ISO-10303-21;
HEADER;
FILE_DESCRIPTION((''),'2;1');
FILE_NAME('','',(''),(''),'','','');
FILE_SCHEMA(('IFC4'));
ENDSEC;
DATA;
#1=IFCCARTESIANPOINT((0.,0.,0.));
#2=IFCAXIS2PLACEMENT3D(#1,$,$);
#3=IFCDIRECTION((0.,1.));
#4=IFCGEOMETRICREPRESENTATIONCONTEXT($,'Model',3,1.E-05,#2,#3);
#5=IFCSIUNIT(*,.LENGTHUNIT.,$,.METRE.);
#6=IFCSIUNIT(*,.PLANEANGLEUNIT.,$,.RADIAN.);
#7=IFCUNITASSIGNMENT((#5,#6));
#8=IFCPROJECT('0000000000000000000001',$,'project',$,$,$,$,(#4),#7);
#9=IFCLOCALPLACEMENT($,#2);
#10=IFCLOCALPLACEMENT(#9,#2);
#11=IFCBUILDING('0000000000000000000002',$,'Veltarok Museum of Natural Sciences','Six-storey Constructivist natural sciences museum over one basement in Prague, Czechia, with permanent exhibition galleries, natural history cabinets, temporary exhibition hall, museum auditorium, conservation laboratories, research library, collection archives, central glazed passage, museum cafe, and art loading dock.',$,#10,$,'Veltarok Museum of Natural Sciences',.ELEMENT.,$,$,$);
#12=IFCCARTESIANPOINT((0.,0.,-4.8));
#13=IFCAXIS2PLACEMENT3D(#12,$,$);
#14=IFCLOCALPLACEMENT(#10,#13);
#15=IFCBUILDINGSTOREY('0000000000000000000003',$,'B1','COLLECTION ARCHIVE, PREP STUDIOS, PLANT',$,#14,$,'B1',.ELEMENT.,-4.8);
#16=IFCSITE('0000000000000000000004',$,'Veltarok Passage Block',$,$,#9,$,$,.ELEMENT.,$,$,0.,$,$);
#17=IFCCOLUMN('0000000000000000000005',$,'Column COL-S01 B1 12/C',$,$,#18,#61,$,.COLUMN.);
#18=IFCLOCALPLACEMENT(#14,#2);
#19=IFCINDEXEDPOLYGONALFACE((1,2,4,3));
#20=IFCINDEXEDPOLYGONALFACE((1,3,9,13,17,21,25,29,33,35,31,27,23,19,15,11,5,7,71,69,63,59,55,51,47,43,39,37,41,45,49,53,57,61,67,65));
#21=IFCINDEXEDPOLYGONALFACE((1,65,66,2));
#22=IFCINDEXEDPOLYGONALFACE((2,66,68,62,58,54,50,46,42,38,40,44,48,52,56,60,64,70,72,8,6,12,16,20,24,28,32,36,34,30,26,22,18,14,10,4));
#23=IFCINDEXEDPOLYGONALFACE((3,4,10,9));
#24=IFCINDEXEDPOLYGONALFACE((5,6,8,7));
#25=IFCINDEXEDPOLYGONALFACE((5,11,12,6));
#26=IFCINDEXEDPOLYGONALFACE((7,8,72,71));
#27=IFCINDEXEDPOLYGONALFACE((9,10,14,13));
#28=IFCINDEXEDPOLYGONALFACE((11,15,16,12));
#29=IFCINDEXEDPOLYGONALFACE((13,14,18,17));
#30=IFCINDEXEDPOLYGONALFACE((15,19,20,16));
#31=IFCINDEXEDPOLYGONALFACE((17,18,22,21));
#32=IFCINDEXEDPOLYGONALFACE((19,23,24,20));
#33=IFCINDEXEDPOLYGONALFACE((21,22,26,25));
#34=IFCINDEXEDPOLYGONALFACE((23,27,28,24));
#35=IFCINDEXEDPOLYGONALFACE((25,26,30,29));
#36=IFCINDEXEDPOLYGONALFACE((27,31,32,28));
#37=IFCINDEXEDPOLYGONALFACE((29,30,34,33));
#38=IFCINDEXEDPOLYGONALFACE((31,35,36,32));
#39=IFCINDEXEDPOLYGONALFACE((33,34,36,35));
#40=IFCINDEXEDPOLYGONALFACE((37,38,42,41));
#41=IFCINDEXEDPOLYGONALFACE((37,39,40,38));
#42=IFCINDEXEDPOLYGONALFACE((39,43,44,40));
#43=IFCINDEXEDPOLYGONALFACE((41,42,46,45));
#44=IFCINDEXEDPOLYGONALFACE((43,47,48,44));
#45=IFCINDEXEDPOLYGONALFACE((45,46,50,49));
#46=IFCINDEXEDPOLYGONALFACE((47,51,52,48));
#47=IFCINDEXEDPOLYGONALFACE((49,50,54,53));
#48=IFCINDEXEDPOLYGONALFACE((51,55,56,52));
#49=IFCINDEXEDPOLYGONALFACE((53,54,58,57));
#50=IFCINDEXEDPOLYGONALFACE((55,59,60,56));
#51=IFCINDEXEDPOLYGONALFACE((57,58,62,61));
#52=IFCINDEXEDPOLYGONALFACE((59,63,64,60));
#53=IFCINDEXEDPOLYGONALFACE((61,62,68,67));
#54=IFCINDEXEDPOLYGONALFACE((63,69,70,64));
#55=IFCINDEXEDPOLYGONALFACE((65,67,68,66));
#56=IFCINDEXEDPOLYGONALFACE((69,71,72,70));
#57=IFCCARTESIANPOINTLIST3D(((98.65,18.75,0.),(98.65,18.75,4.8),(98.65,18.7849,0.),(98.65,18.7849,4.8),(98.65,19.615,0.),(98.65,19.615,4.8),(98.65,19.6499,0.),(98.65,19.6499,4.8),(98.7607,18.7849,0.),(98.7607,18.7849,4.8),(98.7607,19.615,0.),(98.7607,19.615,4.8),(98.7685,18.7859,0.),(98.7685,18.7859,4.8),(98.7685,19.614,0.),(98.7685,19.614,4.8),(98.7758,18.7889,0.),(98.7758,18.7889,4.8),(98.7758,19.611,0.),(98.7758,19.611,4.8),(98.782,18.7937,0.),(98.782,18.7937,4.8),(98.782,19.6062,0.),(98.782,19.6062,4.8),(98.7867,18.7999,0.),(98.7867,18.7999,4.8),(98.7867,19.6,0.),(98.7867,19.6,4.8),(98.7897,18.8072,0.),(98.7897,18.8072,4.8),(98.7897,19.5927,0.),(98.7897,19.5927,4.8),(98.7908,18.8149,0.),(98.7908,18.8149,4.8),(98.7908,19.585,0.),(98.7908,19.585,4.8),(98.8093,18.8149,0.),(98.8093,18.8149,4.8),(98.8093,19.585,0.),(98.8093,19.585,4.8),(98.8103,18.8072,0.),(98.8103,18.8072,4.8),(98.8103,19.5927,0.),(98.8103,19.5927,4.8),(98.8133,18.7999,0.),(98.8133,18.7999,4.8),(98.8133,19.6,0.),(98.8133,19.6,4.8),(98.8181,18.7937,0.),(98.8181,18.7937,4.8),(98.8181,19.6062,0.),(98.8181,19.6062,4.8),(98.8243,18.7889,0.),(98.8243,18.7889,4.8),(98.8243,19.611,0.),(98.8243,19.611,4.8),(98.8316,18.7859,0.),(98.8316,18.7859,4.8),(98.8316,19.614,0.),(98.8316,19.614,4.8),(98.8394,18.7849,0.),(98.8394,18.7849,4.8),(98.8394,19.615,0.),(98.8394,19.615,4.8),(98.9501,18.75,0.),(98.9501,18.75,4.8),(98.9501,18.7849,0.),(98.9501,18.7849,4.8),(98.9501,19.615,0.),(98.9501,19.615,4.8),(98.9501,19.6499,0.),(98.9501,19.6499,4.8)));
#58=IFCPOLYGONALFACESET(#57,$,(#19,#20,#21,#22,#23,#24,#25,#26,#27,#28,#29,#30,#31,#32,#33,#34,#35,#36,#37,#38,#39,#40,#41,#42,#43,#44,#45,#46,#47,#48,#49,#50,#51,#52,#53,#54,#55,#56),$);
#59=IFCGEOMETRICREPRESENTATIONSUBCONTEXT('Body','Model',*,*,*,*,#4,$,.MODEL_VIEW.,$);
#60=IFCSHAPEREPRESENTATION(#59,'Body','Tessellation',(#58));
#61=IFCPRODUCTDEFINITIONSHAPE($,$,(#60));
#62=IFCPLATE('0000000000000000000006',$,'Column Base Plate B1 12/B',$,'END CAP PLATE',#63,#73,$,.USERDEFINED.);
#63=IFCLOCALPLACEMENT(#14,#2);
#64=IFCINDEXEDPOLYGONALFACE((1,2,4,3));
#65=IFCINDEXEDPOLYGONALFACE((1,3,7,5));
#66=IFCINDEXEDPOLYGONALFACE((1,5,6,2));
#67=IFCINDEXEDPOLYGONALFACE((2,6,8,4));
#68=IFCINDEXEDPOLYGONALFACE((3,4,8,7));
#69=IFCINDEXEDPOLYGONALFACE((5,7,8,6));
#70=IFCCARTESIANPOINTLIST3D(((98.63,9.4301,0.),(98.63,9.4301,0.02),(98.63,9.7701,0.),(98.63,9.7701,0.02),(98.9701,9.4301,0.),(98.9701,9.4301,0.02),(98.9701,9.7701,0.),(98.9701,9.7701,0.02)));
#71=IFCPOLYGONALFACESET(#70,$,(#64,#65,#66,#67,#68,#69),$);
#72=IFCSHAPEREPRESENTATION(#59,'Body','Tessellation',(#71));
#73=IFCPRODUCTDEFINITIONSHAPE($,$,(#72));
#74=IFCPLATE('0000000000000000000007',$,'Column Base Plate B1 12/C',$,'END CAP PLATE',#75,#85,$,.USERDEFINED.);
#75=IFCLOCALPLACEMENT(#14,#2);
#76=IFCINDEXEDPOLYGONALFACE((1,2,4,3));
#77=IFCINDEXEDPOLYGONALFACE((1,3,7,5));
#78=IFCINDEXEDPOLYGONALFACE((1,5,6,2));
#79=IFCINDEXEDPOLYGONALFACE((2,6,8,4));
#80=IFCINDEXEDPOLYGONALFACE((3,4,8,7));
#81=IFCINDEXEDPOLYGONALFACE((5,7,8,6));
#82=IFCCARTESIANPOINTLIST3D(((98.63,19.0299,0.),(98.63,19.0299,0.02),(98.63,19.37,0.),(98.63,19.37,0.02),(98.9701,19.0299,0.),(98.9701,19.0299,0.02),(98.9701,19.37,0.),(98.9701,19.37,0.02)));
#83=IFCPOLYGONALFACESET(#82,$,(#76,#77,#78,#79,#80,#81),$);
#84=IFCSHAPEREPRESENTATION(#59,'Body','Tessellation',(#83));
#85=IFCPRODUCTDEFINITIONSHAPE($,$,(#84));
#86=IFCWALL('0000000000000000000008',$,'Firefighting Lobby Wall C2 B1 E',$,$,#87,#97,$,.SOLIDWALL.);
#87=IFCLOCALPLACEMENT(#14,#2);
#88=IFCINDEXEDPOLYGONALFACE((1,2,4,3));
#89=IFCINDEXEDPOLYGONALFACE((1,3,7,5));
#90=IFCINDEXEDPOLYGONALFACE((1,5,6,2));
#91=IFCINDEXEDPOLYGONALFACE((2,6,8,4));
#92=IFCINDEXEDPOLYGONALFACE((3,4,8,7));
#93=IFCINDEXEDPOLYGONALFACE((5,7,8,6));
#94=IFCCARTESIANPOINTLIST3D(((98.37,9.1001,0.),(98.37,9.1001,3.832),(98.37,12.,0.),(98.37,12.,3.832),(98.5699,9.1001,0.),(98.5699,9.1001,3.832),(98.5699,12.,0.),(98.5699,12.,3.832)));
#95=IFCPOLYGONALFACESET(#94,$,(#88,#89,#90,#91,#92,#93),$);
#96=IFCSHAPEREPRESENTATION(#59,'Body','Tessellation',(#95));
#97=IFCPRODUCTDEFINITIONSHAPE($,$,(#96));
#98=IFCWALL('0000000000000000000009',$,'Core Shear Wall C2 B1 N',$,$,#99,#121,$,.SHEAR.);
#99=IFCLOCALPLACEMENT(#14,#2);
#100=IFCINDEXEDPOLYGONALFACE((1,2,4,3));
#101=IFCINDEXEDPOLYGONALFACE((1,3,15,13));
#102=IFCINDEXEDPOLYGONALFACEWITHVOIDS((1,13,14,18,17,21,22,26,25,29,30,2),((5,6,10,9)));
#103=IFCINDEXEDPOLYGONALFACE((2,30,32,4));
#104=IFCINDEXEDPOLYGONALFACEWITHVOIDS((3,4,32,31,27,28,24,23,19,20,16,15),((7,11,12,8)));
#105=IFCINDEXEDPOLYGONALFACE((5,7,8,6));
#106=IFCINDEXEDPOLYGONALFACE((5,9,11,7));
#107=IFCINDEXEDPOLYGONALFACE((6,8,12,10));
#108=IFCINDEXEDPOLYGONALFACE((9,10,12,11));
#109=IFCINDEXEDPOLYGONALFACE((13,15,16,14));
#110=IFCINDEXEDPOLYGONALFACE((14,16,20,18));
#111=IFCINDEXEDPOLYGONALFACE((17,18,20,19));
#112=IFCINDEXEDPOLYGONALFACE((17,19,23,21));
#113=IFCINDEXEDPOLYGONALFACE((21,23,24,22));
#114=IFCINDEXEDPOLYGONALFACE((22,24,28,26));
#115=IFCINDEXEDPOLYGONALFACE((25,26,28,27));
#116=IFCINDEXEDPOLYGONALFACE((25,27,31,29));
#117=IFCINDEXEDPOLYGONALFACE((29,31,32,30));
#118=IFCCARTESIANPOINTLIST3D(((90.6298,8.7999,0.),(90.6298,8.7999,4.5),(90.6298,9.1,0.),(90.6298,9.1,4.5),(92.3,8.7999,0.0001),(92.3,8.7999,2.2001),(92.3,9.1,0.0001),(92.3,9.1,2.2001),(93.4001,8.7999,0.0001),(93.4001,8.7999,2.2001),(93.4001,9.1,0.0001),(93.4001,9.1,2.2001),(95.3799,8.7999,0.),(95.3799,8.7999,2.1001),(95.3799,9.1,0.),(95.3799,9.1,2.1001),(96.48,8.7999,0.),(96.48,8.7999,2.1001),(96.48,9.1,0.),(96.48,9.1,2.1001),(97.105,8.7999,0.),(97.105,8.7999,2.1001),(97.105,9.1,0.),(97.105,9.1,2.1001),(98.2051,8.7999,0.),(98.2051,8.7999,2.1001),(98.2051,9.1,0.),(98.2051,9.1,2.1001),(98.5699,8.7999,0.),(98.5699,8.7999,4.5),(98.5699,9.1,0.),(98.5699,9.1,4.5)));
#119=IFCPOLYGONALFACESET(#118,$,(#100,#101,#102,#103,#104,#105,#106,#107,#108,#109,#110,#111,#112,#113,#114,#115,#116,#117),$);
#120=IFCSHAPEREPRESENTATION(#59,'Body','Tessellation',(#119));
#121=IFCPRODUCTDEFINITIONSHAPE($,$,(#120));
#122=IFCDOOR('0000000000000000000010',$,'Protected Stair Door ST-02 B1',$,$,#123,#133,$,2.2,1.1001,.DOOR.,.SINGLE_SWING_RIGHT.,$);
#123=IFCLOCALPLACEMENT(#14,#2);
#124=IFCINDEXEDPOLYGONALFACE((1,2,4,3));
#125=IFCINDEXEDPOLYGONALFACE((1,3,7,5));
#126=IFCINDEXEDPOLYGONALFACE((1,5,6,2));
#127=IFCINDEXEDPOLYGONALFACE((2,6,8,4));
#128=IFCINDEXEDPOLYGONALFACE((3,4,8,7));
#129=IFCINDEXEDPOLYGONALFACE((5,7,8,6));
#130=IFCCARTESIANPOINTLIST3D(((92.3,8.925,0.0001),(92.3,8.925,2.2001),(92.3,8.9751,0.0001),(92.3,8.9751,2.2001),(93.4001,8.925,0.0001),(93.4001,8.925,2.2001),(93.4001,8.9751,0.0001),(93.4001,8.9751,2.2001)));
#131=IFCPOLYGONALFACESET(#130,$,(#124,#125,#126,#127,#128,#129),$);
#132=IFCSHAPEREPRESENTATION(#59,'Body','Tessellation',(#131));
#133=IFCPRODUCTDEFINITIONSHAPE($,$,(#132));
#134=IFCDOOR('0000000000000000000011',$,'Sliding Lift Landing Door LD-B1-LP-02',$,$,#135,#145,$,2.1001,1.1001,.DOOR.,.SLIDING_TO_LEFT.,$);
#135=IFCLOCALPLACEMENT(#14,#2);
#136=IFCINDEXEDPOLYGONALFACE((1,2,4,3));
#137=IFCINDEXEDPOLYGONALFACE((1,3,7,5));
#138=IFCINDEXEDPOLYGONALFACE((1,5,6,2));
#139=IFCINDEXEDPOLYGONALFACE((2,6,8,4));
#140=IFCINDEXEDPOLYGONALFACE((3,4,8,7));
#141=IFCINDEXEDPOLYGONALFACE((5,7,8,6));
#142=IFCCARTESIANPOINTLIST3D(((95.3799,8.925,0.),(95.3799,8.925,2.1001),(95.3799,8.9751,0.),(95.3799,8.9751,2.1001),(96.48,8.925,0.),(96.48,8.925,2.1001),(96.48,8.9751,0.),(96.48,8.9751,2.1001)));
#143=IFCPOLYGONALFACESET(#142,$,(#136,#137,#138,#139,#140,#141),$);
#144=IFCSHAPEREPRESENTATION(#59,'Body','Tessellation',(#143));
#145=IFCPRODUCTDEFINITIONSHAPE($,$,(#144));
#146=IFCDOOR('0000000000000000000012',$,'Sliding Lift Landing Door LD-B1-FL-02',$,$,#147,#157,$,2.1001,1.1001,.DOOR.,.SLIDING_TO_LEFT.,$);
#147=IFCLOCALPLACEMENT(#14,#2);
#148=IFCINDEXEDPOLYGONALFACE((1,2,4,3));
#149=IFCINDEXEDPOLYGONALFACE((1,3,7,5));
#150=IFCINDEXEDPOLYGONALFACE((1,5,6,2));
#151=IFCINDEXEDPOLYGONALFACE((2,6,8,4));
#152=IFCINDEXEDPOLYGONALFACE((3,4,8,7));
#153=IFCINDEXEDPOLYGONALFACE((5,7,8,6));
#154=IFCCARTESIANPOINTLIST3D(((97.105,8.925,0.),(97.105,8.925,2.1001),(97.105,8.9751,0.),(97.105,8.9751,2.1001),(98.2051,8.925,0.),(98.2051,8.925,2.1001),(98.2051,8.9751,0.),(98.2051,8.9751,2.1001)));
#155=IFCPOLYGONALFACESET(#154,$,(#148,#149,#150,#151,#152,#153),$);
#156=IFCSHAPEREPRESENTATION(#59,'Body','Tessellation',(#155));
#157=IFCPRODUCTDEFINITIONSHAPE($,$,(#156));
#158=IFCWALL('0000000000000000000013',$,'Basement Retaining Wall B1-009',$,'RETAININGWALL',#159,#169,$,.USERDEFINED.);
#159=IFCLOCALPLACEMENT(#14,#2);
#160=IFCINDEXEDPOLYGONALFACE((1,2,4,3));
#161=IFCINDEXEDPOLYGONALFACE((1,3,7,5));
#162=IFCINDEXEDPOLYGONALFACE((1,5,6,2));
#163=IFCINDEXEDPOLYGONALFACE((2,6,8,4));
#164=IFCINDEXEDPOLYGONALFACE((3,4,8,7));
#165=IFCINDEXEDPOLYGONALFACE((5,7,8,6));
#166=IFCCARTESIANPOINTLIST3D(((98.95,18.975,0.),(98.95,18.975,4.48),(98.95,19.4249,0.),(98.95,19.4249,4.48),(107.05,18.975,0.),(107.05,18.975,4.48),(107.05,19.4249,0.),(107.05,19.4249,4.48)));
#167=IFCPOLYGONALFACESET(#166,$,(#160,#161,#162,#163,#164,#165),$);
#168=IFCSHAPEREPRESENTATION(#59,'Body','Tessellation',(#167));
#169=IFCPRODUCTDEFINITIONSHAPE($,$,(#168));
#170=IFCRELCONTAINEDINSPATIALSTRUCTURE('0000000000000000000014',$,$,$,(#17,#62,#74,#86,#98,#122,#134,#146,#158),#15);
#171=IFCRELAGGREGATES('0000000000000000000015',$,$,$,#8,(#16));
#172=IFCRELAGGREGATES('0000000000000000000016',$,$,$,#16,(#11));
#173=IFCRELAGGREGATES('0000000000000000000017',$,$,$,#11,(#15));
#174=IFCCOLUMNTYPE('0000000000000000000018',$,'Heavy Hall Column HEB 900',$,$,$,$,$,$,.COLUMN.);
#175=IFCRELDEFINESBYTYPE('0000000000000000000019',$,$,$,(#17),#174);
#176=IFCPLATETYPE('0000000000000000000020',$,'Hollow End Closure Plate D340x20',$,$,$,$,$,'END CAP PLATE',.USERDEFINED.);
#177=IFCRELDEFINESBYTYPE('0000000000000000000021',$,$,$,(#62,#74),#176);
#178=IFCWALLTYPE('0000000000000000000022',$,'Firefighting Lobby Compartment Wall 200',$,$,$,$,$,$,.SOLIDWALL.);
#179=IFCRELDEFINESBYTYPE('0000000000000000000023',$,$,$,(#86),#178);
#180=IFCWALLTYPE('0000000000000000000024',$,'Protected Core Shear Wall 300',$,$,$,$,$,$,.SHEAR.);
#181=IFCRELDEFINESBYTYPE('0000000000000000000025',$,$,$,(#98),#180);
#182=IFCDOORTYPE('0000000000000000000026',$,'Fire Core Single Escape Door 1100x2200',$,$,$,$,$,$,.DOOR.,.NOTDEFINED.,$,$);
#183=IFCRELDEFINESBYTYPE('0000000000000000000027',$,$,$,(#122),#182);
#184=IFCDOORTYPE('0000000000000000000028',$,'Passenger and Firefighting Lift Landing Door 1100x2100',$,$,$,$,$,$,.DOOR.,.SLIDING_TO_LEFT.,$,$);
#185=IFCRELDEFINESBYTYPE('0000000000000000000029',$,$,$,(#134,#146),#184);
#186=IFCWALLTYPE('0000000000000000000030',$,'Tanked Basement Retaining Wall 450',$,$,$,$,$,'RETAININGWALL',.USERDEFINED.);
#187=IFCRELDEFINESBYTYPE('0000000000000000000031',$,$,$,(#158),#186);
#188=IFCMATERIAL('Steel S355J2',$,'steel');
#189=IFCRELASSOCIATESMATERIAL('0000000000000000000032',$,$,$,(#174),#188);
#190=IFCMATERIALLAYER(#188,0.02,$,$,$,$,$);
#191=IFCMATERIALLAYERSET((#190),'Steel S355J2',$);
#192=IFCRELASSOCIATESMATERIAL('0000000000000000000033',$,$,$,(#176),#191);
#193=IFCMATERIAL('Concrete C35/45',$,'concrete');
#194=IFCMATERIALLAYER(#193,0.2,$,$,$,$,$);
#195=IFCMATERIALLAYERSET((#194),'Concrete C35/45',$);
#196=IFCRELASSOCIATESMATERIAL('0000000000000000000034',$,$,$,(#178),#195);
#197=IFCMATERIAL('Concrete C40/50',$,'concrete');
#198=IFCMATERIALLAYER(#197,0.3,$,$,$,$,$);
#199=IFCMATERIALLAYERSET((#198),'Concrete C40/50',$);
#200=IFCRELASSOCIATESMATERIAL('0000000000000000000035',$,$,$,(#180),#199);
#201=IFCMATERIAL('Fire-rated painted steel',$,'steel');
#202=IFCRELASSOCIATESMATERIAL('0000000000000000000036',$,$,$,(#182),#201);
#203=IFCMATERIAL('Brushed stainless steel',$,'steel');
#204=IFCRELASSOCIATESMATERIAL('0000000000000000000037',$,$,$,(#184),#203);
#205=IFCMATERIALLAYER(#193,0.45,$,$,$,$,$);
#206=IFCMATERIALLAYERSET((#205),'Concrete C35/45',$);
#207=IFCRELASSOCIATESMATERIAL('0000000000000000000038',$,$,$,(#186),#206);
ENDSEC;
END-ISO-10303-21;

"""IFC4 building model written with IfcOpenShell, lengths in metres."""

from ifc_helpers import new_model, si_unit, direction, frame, frame_2d, origin, origin_2d, place, context, subcontext, project, spatial, rectangle, i_section, extrude, material, layer, layer_set, material_profile, profile_set, type_object, element, fill, save


model = new_model("IFC4")

# Units and contexts
model_context = context("Model", 3, precision=1e-05, world=origin(), true_north=direction((0.0, 1.0)))
body_context = subcontext(model_context, "Body", "Model", "MODEL_VIEW")
ifc_project = project(units=[si_unit("LENGTHUNIT", "METRE"), si_unit("PLANEANGLEUNIT", "RADIAN")], contexts=[model_context])

# Site, building, storey
site_placement = place(None, origin())
site = spatial("IfcSite", under=ifc_project, at=site_placement, Name="Veltarok Passage Block", CompositionType="ELEMENT", RefElevation=0.0)
building_placement = place(site_placement, origin())
building = spatial("IfcBuilding", under=site, at=building_placement, Name="Veltarok Museum of Natural Sciences", Description="Six-storey Constructivist natural sciences museum over one basement in Prague, Czechia, with permanent exhibition galleries, natural history cabinets, temporary exhibition hall, museum auditorium, conservation laboratories, research library, collection archives, central glazed passage, museum cafe, and art loading dock.", LongName="Veltarok Museum of Natural Sciences", CompositionType="ELEMENT")
storey_placement = place(building_placement, frame((0.0, 0.0, -4.8)))
storey = spatial("IfcBuildingStorey", under=building, at=storey_placement, Name="B1", Description="COLLECTION ARCHIVE, PREP STUDIOS, PLANT", LongName="B1", CompositionType="ELEMENT", Elevation=-4.8)

# Shared definitions
ifc_material_1 = material(Name="Concrete C35/45", Category="concrete")

# Column
ifc_material_2 = material(Name="Steel S355J2", Category="steel")
ifc_material_profile_1 = material_profile(ifc_material_2, i_section(OverallWidth=0.3, OverallDepth=0.8999, WebThickness=0.0186, FlangeThickness=0.0349, FilletRadius=0.03, at=origin_2d()), Name="HEB 900")
ifc_profile_set_1 = profile_set([ifc_material_profile_1], Name="Steel S355J2")
column_type = type_object("IfcColumnType", Name="Heavy Hall Column HEB 900", PredefinedType="COLUMN", material=ifc_profile_set_1)
for number, where, z_axis, x_axis, name in (
    (1, (98.8, 19.2, 0.0), (0.0, 0.0, 1.0), (1.0, 0.0, 0.0), "Column COL-S01 B1 12/C"),
):
    element("IfcColumn", number, at=place(storey_placement, frame(where, z_axis=z_axis, x_axis=x_axis)), inside=storey, type_object=column_type, Name=name, PredefinedType="COLUMN", context=body_context, shape_type="SweptSolid", body=[
        extrude(i_section(OverallWidth=0.3, OverallDepth=0.8999, WebThickness=0.0186, FlangeThickness=0.0349, FilletRadius=0.03, at=origin_2d()), origin(), (0.0, 0.0, 1.0), 4.8),
    ])

# Plates
ifc_layer_1 = layer(ifc_material_2, 0.02)
ifc_layer_set_1 = layer_set([ifc_layer_1], Name="Steel S355J2")
plate_type = type_object("IfcPlateType", Name="Hollow End Closure Plate D340x20", ElementType="END CAP PLATE", PredefinedType="USERDEFINED", material=ifc_layer_set_1)
for number, where, z_axis, x_axis, name in (
    (2, (98.8, 9.6001, 0.0), (0.0, 0.0, 1.0), (1.0, 0.0, 0.0), "Column Base Plate B1 12/B"),
    (3, (98.8, 19.2, 0.0), (0.0, 0.0, 1.0), (1.0, 0.0, 0.0), "Column Base Plate B1 12/C"),
):
    element("IfcPlate", number, at=place(storey_placement, frame(where, z_axis=z_axis, x_axis=x_axis)), inside=storey, type_object=plate_type, Name=name, ObjectType="END CAP PLATE", PredefinedType="USERDEFINED", context=body_context, shape_type="SweptSolid", body=[
        extrude(rectangle(XDim=0.3401, YDim=0.3401, at=origin_2d()), origin(), (0.0, 0.0, 1.0), 0.02),
    ])

# Wall
ifc_layer_2 = layer(ifc_material_1, 0.2)
ifc_layer_set_2 = layer_set([ifc_layer_2], Name="Concrete C35/45")
wall_type_1 = type_object("IfcWallType", Name="Firefighting Lobby Compartment Wall 200", PredefinedType="SOLIDWALL", material=ifc_layer_set_2)
wall_1_placement = place(storey_placement, frame((98.47, 12.0, 0.0), z_axis=(0.0, 0.0, 1.0), x_axis=(0.0, -1.0, 0.0)))
element("IfcWall", 4, at=wall_1_placement, inside=storey, type_object=wall_type_1, Name="Firefighting Lobby Wall C2 B1 E", PredefinedType="SOLIDWALL", context=body_context, shape_type="SweptSolid", body=[
    extrude(rectangle(XDim=2.8999, YDim=0.2, at=frame_2d((1.45, 0.0))), origin(), (0.0, 0.0, 1.0), 3.832),
])

# Wall, openings, doors
ifc_material_3 = material(Name="Concrete C40/50", Category="concrete")
ifc_layer_3 = layer(ifc_material_3, 0.3)
ifc_layer_set_3 = layer_set([ifc_layer_3], Name="Concrete C40/50")
wall_type_2 = type_object("IfcWallType", Name="Protected Core Shear Wall 300", PredefinedType="SHEAR", material=ifc_layer_set_3)
wall_2_placement = place(storey_placement, frame((98.5701, 8.95, 0.0), z_axis=(0.0, 0.0, 1.0), x_axis=(-1.0, 0.0, 0.0)))
wall_2 = element("IfcWall", 5, at=wall_2_placement, inside=storey, type_object=wall_type_2, Name="Core Shear Wall C2 B1 N", PredefinedType="SHEAR", context=body_context, shape_type="SweptSolid", body=[
    extrude(rectangle(XDim=7.9402, YDim=0.3, at=frame_2d((3.9702, 0.0))), origin(), (0.0, 0.0, 1.0), 4.5),
])
opening_1_placement = place(wall_2_placement, frame((5.1699, 0.0, 0.0)))
opening_1 = element("IfcOpeningElement", 6, at=opening_1_placement, cuts=wall_2, PredefinedType="OPENING", context=body_context, shape_type="SweptSolid", body=[
    extrude(rectangle(XDim=1.1001, YDim=2.2, at=frame_2d((0.55, 1.1001))), frame((0.0, 0.1602, 0.0), z_axis=(0.0, -1.0, 0.0), x_axis=(1.0, 0.0, 0.0)), (0.0, 0.0, 1.0), 0.3201),
])
opening_2_placement = place(wall_2_placement, frame((2.0901, 0.0, 0.0)))
opening_2 = element("IfcOpeningElement", 7, at=opening_2_placement, cuts=wall_2, PredefinedType="OPENING", context=body_context, shape_type="SweptSolid", body=[
    extrude(rectangle(XDim=1.1001, YDim=2.1001, at=frame_2d((0.55, 1.05))), frame((0.0, 0.1602, 0.0), z_axis=(0.0, -1.0, 0.0), x_axis=(1.0, 0.0, 0.0)), (0.0, 0.0, 1.0), 0.3201),
])
opening_3_placement = place(wall_2_placement, frame((0.365, 0.0, 0.0)))
opening_3 = element("IfcOpeningElement", 8, at=opening_3_placement, cuts=wall_2, PredefinedType="OPENING", context=body_context, shape_type="SweptSolid", body=[
    extrude(rectangle(XDim=1.1001, YDim=2.1001, at=frame_2d((0.55, 1.05))), frame((0.0, 0.1602, 0.0), z_axis=(0.0, -1.0, 0.0), x_axis=(1.0, 0.0, 0.0)), (0.0, 0.0, 1.0), 0.3201),
])
ifc_material_4 = material(Name="Fire-rated painted steel", Category="steel")
door_type_1 = type_object("IfcDoorType", Name="Fire Core Single Escape Door 1100x2200", OperationType="NOTDEFINED", PredefinedType="DOOR", material=ifc_material_4)
door_1_placement = place(opening_1_placement, origin())
door_1 = element("IfcDoor", 9, at=door_1_placement, inside=storey, type_object=door_type_1, Name="Protected Stair Door ST-02 B1", OperationType="SINGLE_SWING_RIGHT", OverallHeight=2.2, OverallWidth=1.1001, PredefinedType="DOOR", context=body_context, shape_type="SweptSolid", body=[
    extrude(rectangle(XDim=1.1001, YDim=2.2, at=frame_2d((0.55, 1.1001))), frame((0.0, 0.0249, 0.0), z_axis=(0.0, -1.0, 0.0), x_axis=(1.0, 0.0, 0.0)), (0.0, 0.0, 1.0), 0.05),
])
fill(opening_1, door_1)
ifc_material_5 = material(Name="Brushed stainless steel", Category="steel")
door_type_2 = type_object("IfcDoorType", Name="Passenger and Firefighting Lift Landing Door 1100x2100", OperationType="SLIDING_TO_LEFT", PredefinedType="DOOR", material=ifc_material_5)
door_2_placement = place(opening_2_placement, origin())
door_2 = element("IfcDoor", 10, at=door_2_placement, inside=storey, type_object=door_type_2, Name="Sliding Lift Landing Door LD-B1-LP-02", OperationType="SLIDING_TO_LEFT", OverallHeight=2.1001, OverallWidth=1.1001, PredefinedType="DOOR", context=body_context, shape_type="SweptSolid", body=[
    extrude(rectangle(XDim=1.1001, YDim=2.1001, at=frame_2d((0.55, 1.05))), frame((0.0, 0.0249, 0.0), z_axis=(0.0, -1.0, 0.0), x_axis=(1.0, 0.0, 0.0)), (0.0, 0.0, 1.0), 0.05),
])
fill(opening_2, door_2)
door_3_placement = place(opening_3_placement, origin())
door_3 = element("IfcDoor", 11, at=door_3_placement, inside=storey, type_object=door_type_2, Name="Sliding Lift Landing Door LD-B1-FL-02", OperationType="SLIDING_TO_LEFT", OverallHeight=2.1001, OverallWidth=1.1001, PredefinedType="DOOR", context=body_context, shape_type="SweptSolid", body=[
    extrude(rectangle(XDim=1.1001, YDim=2.1001, at=frame_2d((0.55, 1.05))), frame((0.0, 0.0249, 0.0), z_axis=(0.0, -1.0, 0.0), x_axis=(1.0, 0.0, 0.0)), (0.0, 0.0, 1.0), 0.05),
])
fill(opening_3, door_3)

# Wall
ifc_layer_4 = layer(ifc_material_1, 0.45)
ifc_layer_set_4 = layer_set([ifc_layer_4], Name="Concrete C35/45")
wall_type_3 = type_object("IfcWallType", Name="Tanked Basement Retaining Wall 450", ElementType="RETAININGWALL", PredefinedType="USERDEFINED", material=ifc_layer_set_4)
wall_3_placement = place(storey_placement, frame((98.95, 19.2, 0.0), z_axis=(0.0, 0.0, 1.0), x_axis=(1.0, 0.0, 0.0)))
element("IfcWall", 12, at=wall_3_placement, inside=storey, type_object=wall_type_3, Name="Basement Retaining Wall B1-009", ObjectType="RETAININGWALL", PredefinedType="USERDEFINED", context=body_context, shape_type="SweptSolid", body=[
    extrude(rectangle(XDim=8.1001, YDim=0.45, at=frame_2d((4.05, 0.0))), origin(), (0.0, 0.0, 1.0), 4.48),
])

save(model, "model.ifc")
